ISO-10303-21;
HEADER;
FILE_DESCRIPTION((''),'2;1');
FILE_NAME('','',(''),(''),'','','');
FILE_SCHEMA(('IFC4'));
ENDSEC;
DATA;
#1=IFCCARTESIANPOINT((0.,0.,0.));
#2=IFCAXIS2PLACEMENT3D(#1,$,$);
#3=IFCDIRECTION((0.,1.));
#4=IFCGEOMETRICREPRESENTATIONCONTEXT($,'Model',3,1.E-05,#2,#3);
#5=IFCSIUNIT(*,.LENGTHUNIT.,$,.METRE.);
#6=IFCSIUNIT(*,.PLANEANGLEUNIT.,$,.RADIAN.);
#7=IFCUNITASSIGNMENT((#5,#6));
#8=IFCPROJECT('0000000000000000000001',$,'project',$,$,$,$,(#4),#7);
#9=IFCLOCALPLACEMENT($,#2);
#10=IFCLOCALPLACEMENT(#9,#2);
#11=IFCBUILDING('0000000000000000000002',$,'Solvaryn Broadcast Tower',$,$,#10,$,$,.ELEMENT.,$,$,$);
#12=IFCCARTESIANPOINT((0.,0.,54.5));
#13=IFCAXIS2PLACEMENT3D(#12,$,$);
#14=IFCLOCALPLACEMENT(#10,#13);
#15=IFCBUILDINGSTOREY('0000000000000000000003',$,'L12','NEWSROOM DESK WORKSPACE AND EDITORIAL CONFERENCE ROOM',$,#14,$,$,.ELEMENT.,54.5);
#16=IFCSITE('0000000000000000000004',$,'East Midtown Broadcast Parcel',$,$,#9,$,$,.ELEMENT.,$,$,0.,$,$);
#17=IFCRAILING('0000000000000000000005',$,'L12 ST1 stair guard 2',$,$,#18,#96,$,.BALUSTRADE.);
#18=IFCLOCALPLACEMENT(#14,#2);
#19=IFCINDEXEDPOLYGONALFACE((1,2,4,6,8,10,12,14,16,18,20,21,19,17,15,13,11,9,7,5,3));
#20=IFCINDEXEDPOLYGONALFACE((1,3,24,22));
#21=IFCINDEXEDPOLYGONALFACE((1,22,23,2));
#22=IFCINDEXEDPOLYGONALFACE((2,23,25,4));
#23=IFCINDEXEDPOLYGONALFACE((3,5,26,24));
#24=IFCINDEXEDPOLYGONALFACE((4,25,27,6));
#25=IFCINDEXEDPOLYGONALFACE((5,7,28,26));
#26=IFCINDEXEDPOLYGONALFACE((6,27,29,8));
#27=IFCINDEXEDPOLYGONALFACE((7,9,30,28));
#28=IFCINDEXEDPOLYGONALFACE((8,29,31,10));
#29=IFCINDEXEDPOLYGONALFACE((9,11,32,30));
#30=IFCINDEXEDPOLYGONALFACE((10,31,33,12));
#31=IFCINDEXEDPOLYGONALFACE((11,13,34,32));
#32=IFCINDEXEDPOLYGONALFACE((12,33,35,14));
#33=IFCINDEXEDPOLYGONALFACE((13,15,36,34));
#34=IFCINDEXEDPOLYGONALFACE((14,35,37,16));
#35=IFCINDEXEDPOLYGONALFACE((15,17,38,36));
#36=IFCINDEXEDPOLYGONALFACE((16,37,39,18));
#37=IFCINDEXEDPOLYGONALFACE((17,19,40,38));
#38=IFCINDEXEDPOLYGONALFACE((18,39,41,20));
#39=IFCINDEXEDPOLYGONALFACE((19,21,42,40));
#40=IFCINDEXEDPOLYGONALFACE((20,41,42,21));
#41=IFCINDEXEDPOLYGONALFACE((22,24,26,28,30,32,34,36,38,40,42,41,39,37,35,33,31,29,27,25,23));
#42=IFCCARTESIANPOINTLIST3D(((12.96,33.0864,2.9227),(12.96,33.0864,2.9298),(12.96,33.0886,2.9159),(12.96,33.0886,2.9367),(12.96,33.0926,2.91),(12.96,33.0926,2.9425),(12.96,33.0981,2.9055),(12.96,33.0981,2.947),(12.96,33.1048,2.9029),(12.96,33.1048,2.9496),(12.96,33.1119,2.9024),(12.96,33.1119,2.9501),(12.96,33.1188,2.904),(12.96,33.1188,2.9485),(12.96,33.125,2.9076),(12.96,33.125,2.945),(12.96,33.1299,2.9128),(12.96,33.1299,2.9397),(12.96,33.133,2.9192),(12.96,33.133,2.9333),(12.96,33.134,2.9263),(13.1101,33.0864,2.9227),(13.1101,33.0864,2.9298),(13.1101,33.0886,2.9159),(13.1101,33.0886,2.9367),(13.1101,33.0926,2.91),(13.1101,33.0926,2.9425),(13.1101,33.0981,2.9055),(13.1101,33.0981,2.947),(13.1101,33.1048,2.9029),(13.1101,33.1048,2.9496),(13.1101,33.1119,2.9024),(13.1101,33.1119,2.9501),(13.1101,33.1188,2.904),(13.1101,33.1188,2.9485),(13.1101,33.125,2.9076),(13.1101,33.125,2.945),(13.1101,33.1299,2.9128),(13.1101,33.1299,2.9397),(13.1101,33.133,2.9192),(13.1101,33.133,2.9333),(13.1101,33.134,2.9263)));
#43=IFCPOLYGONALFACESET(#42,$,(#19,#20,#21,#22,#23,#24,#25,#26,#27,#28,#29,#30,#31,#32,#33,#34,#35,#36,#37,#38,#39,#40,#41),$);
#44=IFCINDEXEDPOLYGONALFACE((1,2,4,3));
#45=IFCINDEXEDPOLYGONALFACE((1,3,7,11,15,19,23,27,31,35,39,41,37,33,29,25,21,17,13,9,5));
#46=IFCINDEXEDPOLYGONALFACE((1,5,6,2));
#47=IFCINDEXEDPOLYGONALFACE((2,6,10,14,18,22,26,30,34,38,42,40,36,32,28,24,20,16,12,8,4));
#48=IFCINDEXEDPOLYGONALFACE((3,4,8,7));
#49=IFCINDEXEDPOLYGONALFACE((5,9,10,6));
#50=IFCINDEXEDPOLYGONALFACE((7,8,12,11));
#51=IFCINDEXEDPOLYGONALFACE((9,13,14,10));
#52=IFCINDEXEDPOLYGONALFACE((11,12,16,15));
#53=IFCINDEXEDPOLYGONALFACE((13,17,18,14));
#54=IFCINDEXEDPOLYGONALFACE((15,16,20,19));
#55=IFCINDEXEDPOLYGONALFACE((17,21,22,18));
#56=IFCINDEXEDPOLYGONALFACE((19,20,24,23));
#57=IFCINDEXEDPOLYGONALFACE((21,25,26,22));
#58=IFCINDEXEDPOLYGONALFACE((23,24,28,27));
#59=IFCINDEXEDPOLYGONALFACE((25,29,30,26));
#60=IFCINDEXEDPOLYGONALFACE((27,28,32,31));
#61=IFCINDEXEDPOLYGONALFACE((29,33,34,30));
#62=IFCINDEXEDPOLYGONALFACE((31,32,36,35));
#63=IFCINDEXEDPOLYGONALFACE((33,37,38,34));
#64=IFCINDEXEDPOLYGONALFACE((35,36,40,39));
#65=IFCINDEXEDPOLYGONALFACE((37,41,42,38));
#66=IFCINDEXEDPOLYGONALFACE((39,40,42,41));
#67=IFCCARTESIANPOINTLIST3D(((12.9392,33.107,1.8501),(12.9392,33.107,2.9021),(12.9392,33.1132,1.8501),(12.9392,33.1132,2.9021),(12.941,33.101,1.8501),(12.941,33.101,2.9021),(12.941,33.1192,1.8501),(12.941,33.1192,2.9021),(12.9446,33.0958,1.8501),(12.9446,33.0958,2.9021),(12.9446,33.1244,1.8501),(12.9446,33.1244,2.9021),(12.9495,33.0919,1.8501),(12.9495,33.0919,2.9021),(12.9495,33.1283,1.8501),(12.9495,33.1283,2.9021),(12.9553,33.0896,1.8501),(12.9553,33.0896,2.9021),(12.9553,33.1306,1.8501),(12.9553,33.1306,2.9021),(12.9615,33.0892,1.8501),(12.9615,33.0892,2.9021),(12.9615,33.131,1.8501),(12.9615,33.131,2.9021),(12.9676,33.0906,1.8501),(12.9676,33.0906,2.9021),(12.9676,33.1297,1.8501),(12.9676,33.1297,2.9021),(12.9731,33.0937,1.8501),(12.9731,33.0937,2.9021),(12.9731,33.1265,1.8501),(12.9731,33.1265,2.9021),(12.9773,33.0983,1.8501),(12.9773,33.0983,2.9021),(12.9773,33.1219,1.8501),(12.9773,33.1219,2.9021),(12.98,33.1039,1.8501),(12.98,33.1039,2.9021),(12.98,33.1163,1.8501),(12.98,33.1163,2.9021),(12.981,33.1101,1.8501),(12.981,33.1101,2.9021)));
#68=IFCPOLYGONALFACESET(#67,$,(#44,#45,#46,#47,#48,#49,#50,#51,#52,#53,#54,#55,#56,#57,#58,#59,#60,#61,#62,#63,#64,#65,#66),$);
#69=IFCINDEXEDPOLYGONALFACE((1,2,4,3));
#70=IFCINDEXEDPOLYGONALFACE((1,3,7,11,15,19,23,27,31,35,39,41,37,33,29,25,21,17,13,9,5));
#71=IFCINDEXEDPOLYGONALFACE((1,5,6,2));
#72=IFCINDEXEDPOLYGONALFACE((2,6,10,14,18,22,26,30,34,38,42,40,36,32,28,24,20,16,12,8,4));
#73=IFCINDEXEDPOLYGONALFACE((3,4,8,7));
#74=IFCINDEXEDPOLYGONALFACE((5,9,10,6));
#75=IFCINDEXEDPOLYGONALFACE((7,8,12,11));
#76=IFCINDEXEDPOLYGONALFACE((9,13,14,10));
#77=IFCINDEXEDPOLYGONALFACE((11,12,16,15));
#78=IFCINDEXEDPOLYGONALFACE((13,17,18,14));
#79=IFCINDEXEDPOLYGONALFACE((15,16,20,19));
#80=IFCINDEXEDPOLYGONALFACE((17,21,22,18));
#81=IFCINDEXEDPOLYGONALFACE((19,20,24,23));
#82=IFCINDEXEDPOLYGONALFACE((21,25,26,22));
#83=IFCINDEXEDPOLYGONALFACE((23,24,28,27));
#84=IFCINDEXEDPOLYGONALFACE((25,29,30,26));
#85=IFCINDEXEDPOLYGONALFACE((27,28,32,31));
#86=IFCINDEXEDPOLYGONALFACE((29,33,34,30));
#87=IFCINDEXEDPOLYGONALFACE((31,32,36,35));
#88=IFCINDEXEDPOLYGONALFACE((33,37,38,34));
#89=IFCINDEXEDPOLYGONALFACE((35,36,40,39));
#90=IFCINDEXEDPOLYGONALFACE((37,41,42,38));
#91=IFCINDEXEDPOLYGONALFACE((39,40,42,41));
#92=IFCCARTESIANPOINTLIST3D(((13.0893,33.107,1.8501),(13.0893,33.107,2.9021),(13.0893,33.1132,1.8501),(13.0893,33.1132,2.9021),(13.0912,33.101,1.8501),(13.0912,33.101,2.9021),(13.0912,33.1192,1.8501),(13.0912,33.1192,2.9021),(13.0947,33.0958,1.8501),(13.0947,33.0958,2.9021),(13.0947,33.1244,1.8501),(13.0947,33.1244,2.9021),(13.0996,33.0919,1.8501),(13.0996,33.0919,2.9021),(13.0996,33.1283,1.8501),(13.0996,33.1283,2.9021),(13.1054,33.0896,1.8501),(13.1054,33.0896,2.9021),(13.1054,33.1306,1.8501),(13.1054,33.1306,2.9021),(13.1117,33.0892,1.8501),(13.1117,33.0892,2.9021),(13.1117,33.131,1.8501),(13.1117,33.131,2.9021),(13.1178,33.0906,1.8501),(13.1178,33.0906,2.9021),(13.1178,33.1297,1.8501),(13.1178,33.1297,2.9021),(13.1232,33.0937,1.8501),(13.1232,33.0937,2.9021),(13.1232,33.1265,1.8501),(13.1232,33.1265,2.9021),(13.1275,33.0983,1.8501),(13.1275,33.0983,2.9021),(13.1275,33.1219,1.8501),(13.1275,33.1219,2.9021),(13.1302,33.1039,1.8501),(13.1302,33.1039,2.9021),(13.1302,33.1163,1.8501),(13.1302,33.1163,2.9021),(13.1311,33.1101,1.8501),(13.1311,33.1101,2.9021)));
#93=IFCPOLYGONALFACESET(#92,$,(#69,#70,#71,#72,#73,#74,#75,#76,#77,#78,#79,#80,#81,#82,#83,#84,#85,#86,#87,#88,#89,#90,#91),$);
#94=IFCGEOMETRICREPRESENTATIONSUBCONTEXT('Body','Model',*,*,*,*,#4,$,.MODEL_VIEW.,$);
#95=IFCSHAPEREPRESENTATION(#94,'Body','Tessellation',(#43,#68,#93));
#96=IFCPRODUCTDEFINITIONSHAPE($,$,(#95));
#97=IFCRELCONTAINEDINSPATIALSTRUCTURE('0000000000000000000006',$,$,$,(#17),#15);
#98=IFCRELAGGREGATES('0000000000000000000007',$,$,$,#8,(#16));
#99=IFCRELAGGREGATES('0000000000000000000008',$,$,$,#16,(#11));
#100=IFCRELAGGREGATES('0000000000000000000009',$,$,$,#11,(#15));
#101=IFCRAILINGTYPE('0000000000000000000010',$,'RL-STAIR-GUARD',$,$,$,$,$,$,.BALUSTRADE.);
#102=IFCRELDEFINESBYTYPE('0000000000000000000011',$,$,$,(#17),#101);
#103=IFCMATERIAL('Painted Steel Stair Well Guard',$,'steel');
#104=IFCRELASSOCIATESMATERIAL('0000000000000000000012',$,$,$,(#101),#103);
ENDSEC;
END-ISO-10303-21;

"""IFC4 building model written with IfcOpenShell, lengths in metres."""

from ifc_helpers import new_model, si_unit, direction, frame, origin, origin_2d, place, context, subcontext, project, spatial, circle, extrude, material, type_object, element, save


model = new_model("IFC4")

# Units and contexts
model_context = context("Model", 3, precision=1e-05, world=origin(), true_north=direction((0.0, 1.0)))
body_context = subcontext(model_context, "Body", "Model", "MODEL_VIEW")
ifc_project = project(units=[si_unit("LENGTHUNIT", "METRE"), si_unit("PLANEANGLEUNIT", "RADIAN")], contexts=[model_context])

# Site, building, storey
site_placement = place(None, origin())
site = spatial("IfcSite", under=ifc_project, at=site_placement, Name="East Midtown Broadcast Parcel", CompositionType="ELEMENT", RefElevation=0.0)
building_placement = place(site_placement, origin())
building = spatial("IfcBuilding", under=site, at=building_placement, Name="Solvaryn Broadcast Tower", CompositionType="ELEMENT")
storey_placement = place(building_placement, frame((0.0, 0.0, 54.5)))
storey = spatial("IfcBuildingStorey", under=building, at=storey_placement, Name="L12", Description="NEWSROOM DESK WORKSPACE AND EDITORIAL CONFERENCE ROOM", CompositionType="ELEMENT", Elevation=54.5)

# Railing
ifc_material_1 = material(Name="Painted Steel Stair Well Guard", Category="steel")
railing_type_1 = type_object("IfcRailingType", Name="RL-STAIR-GUARD", PredefinedType="BALUSTRADE", material=ifc_material_1)
railing_1_placement = place(storey_placement, frame((12.96, 33.1101, 1.8501)))
element("IfcRailing", 1, at=railing_1_placement, inside=storey, type_object=railing_type_1, Name="L12 ST1 stair guard 2", PredefinedType="BALUSTRADE", context=body_context, shape_type="SweptSolid", body=[
    extrude(circle(Radius=0.0239, at=origin_2d()), frame((0.0, 0.0, 1.0762), z_axis=(1.0, 0.0, 0.0), x_axis=(0.0, 1.0, 0.0)), (0.0, 0.0, 1.0), 0.1501),
    extrude(circle(Radius=0.021, at=origin_2d()), origin(), (0.0, 0.0, 1.0), 1.052),
    extrude(circle(Radius=0.021, at=origin_2d()), frame((0.1501, 0.0, 0.0)), (0.0, 0.0, 1.0), 1.052),
])

save(model, "model.ifc")
